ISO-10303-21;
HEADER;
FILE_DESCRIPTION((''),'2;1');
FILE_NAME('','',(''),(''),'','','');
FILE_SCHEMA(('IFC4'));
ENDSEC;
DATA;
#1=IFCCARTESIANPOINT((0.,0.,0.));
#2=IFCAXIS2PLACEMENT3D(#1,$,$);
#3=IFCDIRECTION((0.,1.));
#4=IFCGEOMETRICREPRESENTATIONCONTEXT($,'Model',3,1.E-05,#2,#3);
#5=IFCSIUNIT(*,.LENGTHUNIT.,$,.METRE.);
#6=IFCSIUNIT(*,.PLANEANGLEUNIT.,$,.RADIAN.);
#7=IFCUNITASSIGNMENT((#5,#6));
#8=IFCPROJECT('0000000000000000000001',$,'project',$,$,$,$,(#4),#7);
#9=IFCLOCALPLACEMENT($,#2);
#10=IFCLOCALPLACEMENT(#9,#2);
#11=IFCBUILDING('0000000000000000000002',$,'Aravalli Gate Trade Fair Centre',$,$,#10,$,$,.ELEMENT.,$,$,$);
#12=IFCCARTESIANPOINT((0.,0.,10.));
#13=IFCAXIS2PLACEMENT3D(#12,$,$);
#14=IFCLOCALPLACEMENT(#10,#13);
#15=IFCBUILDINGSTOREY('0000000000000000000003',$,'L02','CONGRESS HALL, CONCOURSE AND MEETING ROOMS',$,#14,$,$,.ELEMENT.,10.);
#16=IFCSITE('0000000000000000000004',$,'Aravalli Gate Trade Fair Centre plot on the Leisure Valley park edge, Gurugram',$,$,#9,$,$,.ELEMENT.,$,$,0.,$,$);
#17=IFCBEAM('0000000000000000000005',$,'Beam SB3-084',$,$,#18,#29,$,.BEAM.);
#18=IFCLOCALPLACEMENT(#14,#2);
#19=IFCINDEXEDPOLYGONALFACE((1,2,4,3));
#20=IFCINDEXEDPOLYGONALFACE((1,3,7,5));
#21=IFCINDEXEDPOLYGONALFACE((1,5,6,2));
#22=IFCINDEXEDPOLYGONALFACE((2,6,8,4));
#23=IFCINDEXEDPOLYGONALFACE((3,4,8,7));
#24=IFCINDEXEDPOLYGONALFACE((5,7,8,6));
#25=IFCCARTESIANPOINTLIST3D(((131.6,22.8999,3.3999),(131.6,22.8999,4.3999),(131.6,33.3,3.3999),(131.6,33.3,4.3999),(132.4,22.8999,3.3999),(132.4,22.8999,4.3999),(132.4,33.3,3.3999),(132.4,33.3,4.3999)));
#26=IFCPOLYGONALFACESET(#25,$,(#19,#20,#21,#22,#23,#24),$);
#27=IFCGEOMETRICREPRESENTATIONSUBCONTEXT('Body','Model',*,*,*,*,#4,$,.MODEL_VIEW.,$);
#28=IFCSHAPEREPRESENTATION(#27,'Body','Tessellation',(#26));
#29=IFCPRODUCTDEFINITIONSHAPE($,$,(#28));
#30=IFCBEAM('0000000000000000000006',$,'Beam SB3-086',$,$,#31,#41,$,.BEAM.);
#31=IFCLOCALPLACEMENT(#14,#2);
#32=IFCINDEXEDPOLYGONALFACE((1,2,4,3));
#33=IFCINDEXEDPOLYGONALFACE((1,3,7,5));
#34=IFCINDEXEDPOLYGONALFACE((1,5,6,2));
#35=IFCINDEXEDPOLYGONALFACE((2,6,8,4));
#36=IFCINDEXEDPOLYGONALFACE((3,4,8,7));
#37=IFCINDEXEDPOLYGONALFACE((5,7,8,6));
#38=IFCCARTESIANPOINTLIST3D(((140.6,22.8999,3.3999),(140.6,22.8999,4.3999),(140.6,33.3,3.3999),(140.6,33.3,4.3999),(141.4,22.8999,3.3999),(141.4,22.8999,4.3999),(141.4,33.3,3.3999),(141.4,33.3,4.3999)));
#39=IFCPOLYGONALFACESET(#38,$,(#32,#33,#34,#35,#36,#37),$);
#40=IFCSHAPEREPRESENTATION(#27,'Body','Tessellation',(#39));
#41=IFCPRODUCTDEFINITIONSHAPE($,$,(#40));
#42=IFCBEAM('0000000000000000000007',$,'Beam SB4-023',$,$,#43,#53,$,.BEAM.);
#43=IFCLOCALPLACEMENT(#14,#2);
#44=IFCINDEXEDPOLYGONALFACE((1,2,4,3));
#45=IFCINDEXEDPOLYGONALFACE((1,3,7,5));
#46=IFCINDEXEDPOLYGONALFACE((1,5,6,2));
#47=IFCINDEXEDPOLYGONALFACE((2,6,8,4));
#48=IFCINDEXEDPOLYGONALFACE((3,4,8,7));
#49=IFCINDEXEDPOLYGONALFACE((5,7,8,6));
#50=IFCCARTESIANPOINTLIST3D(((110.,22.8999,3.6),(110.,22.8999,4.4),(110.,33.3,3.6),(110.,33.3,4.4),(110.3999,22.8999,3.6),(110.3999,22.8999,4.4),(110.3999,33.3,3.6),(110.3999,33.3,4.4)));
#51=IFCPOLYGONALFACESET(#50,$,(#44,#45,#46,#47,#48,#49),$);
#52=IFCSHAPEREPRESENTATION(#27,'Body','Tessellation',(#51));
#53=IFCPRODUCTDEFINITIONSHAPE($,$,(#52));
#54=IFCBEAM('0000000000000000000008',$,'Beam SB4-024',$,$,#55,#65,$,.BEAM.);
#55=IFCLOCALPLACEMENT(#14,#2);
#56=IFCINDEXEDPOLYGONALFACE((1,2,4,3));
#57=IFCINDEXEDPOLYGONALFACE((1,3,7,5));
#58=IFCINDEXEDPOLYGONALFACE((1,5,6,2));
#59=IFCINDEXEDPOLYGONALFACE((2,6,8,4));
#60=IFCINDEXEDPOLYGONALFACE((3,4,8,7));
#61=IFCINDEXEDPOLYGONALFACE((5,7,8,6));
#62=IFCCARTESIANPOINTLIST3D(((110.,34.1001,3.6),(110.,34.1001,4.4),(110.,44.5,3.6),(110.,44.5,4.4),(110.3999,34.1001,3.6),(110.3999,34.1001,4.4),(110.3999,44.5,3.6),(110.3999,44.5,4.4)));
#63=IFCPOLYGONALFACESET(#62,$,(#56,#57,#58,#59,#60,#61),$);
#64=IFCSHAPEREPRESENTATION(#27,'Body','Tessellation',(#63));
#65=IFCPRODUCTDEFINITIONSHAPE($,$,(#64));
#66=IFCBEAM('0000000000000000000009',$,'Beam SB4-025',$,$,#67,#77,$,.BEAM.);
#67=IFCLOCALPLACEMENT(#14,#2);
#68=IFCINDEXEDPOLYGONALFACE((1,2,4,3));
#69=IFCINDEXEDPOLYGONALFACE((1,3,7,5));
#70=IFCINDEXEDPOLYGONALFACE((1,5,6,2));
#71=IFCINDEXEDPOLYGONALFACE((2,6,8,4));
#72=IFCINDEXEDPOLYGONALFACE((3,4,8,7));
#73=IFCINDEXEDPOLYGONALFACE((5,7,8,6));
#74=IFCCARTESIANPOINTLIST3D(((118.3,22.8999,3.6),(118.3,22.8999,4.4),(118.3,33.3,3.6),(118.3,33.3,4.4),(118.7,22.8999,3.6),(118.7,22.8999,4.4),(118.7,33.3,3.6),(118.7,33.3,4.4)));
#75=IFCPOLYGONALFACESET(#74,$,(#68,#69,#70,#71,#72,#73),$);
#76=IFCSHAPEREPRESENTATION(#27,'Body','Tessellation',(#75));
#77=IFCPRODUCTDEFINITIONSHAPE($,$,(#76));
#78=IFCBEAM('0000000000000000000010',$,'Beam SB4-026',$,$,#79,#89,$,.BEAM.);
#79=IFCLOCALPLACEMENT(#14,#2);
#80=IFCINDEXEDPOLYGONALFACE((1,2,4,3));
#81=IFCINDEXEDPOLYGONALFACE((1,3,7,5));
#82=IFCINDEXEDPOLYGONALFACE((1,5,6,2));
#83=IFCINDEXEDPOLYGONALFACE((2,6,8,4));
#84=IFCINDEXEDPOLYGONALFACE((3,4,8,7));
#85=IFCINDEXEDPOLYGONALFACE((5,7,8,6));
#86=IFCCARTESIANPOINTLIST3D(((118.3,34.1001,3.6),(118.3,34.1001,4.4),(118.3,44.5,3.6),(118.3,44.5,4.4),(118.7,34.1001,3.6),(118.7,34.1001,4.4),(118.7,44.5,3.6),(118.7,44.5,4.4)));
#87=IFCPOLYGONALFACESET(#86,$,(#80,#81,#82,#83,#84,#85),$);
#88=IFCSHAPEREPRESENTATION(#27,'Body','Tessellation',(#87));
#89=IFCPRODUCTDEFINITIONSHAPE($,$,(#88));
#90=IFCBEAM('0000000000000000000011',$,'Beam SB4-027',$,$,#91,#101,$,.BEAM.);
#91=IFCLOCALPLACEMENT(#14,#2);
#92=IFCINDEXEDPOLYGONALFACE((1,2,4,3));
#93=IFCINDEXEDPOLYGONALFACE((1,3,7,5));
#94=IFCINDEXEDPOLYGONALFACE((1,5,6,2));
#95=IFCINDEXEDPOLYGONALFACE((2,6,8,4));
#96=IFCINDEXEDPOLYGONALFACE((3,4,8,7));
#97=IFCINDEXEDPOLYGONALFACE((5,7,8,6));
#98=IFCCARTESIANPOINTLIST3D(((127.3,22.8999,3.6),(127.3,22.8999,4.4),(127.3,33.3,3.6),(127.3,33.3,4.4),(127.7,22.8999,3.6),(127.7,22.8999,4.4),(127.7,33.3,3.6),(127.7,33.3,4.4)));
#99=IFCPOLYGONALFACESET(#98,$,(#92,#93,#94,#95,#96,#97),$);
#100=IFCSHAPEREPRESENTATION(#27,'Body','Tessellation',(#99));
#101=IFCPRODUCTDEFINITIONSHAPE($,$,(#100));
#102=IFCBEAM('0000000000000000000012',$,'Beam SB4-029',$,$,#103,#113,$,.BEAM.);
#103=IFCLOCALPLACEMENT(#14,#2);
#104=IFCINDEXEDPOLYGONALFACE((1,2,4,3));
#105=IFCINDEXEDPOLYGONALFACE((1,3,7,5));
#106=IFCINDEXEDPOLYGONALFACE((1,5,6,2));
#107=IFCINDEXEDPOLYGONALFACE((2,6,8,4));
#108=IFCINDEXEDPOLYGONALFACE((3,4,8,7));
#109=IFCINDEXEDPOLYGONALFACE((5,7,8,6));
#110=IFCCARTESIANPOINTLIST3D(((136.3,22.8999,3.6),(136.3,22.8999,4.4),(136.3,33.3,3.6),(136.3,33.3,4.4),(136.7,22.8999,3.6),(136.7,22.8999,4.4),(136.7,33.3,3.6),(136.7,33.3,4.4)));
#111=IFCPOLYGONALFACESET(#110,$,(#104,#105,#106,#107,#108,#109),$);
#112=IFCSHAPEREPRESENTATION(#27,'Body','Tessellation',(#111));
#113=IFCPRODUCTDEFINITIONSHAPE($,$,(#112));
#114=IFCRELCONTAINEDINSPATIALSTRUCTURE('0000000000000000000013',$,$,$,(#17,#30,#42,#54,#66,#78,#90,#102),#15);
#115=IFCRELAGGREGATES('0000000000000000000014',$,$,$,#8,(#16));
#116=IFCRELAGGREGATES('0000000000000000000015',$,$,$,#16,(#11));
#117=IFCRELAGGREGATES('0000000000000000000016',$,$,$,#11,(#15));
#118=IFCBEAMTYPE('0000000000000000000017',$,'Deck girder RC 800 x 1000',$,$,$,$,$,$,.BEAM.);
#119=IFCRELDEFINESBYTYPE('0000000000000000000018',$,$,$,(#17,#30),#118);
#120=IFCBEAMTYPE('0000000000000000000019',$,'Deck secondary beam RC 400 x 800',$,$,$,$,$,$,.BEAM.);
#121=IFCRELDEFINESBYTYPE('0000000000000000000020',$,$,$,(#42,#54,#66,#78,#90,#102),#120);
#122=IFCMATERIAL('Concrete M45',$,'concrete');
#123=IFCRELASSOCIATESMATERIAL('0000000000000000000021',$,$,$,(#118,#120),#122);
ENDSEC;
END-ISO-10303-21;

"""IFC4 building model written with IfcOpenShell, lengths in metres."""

from ifc_helpers import new_model, si_unit, direction, frame, origin, origin_2d, place, context, subcontext, project, spatial, rectangle, extrude, material, material_profile, profile_set, type_object, element, save


model = new_model("IFC4")

# Units and contexts
model_context = context("Model", 3, precision=1e-05, world=origin(), true_north=direction((0.0, 1.0)))
body_context = subcontext(model_context, "Body", "Model", "MODEL_VIEW")
ifc_project = project(units=[si_unit("LENGTHUNIT", "METRE"), si_unit("PLANEANGLEUNIT", "RADIAN")], contexts=[model_context])

# Site, building, storey
site_placement = place(None, origin())
site = spatial("IfcSite", under=ifc_project, at=site_placement, Name="Aravalli Gate Trade Fair Centre plot on the Leisure Valley park edge, Gurugram", CompositionType="ELEMENT", RefElevation=0.0)
building_placement = place(site_placement, origin())
building = spatial("IfcBuilding", under=site, at=building_placement, Name="Aravalli Gate Trade Fair Centre", CompositionType="ELEMENT")
storey_placement = place(building_placement, frame((0.0, 0.0, 10.0)))
storey = spatial("IfcBuildingStorey", under=building, at=storey_placement, Name="L02", Description="CONGRESS HALL, CONCOURSE AND MEETING ROOMS", CompositionType="ELEMENT", Elevation=10.0)

# Shared definitions
ifc_material = material(Name="Concrete M45", Category="concrete")

# Beams
ifc_material_profile_1 = material_profile(ifc_material, rectangle(XDim=0.8, YDim=1.0, at=origin_2d()), Name="Deck girder RC 800 x 1000")
ifc_profile_set_1 = profile_set([ifc_material_profile_1], Name="Concrete M45")
beam_type_1 = type_object("IfcBeamType", Name="Deck girder RC 800 x 1000", PredefinedType="BEAM", material=ifc_profile_set_1)
for number, where, z_axis, x_axis, name in (
    (1, (132.0, 22.8999, 3.8999), (0.0, 1.0, 0.0), (-1.0, 0.0, 0.0), "Beam SB3-084"),
    (2, (141.0, 22.8999, 3.8999), (0.0, 1.0, 0.0), (-1.0, 0.0, 0.0), "Beam SB3-086"),
):
    element("IfcBeam", number, at=place(storey_placement, frame(where, z_axis=z_axis, x_axis=x_axis)), inside=storey, type_object=beam_type_1, Name=name, PredefinedType="BEAM", context=body_context, shape_type="SweptSolid", body=[
        extrude(rectangle(XDim=0.8, YDim=1.0, at=origin_2d()), origin(), (0.0, 0.0, 1.0), 10.4001),
    ])
ifc_material_profile_2 = material_profile(ifc_material, rectangle(XDim=0.3999, YDim=0.8, at=origin_2d()), Name="Deck secondary beam RC 400 x 800")
ifc_profile_set_2 = profile_set([ifc_material_profile_2], Name="Concrete M45")
beam_type_2 = type_object("IfcBeamType", Name="Deck secondary beam RC 400 x 800", PredefinedType="BEAM", material=ifc_profile_set_2)
beam_1_placement = place(storey_placement, frame((110.2, 22.8999, 4.0), z_axis=(0.0, 1.0, 0.0), x_axis=(-1.0, 0.0, 0.0)))
element("IfcBeam", 3, at=beam_1_placement, inside=storey, type_object=beam_type_2, Name="Beam SB4-023", PredefinedType="BEAM", context=body_context, shape_type="SweptSolid", body=[
    extrude(rectangle(XDim=0.3999, YDim=0.8, at=origin_2d()), origin(), (0.0, 0.0, 1.0), 10.4001),
])
beam_2_placement = place(storey_placement, frame((110.2, 34.1001, 4.0), z_axis=(0.0, 1.0, 0.0), x_axis=(-1.0, 0.0, 0.0)))
element("IfcBeam", 4, at=beam_2_placement, inside=storey, type_object=beam_type_2, Name="Beam SB4-024", PredefinedType="BEAM", context=body_context, shape_type="SweptSolid", body=[
    extrude(rectangle(XDim=0.3999, YDim=0.8, at=origin_2d()), origin(), (0.0, 0.0, 1.0), 10.3999),
])
beam_3_placement = place(storey_placement, frame((118.5, 22.8999, 4.0), z_axis=(0.0, 1.0, 0.0), x_axis=(-1.0, 0.0, 0.0)))
element("IfcBeam", 5, at=beam_3_placement, inside=storey, type_object=beam_type_2, Name="Beam SB4-025", PredefinedType="BEAM", context=body_context, shape_type="SweptSolid", body=[
    extrude(rectangle(XDim=0.3999, YDim=0.8, at=origin_2d()), origin(), (0.0, 0.0, 1.0), 10.4001),
])
beam_4_placement = place(storey_placement, frame((118.5, 34.1001, 4.0), z_axis=(0.0, 1.0, 0.0), x_axis=(-1.0, 0.0, 0.0)))
element("IfcBeam", 6, at=beam_4_placement, inside=storey, type_object=beam_type_2, Name="Beam SB4-026", PredefinedType="BEAM", context=body_context, shape_type="SweptSolid", body=[
    extrude(rectangle(XDim=0.3999, YDim=0.8, at=origin_2d()), origin(), (0.0, 0.0, 1.0), 10.3999),
])
for number, where, z_axis, x_axis, name in (
    (7, (127.5, 22.8999, 4.0), (0.0, 1.0, 0.0), (-1.0, 0.0, 0.0), "Beam SB4-027"),
    (8, (136.5, 22.8999, 4.0), (0.0, 1.0, 0.0), (-1.0, 0.0, 0.0), "Beam SB4-029"),
):
    element("IfcBeam", number, at=place(storey_placement, frame(where, z_axis=z_axis, x_axis=x_axis)), inside=storey, type_object=beam_type_2, Name=name, PredefinedType="BEAM", context=body_context, shape_type="SweptSolid", body=[
        extrude(rectangle(XDim=0.3999, YDim=0.8, at=origin_2d()), origin(), (0.0, 0.0, 1.0), 10.4001),
    ])

save(model, "model.ifc")
